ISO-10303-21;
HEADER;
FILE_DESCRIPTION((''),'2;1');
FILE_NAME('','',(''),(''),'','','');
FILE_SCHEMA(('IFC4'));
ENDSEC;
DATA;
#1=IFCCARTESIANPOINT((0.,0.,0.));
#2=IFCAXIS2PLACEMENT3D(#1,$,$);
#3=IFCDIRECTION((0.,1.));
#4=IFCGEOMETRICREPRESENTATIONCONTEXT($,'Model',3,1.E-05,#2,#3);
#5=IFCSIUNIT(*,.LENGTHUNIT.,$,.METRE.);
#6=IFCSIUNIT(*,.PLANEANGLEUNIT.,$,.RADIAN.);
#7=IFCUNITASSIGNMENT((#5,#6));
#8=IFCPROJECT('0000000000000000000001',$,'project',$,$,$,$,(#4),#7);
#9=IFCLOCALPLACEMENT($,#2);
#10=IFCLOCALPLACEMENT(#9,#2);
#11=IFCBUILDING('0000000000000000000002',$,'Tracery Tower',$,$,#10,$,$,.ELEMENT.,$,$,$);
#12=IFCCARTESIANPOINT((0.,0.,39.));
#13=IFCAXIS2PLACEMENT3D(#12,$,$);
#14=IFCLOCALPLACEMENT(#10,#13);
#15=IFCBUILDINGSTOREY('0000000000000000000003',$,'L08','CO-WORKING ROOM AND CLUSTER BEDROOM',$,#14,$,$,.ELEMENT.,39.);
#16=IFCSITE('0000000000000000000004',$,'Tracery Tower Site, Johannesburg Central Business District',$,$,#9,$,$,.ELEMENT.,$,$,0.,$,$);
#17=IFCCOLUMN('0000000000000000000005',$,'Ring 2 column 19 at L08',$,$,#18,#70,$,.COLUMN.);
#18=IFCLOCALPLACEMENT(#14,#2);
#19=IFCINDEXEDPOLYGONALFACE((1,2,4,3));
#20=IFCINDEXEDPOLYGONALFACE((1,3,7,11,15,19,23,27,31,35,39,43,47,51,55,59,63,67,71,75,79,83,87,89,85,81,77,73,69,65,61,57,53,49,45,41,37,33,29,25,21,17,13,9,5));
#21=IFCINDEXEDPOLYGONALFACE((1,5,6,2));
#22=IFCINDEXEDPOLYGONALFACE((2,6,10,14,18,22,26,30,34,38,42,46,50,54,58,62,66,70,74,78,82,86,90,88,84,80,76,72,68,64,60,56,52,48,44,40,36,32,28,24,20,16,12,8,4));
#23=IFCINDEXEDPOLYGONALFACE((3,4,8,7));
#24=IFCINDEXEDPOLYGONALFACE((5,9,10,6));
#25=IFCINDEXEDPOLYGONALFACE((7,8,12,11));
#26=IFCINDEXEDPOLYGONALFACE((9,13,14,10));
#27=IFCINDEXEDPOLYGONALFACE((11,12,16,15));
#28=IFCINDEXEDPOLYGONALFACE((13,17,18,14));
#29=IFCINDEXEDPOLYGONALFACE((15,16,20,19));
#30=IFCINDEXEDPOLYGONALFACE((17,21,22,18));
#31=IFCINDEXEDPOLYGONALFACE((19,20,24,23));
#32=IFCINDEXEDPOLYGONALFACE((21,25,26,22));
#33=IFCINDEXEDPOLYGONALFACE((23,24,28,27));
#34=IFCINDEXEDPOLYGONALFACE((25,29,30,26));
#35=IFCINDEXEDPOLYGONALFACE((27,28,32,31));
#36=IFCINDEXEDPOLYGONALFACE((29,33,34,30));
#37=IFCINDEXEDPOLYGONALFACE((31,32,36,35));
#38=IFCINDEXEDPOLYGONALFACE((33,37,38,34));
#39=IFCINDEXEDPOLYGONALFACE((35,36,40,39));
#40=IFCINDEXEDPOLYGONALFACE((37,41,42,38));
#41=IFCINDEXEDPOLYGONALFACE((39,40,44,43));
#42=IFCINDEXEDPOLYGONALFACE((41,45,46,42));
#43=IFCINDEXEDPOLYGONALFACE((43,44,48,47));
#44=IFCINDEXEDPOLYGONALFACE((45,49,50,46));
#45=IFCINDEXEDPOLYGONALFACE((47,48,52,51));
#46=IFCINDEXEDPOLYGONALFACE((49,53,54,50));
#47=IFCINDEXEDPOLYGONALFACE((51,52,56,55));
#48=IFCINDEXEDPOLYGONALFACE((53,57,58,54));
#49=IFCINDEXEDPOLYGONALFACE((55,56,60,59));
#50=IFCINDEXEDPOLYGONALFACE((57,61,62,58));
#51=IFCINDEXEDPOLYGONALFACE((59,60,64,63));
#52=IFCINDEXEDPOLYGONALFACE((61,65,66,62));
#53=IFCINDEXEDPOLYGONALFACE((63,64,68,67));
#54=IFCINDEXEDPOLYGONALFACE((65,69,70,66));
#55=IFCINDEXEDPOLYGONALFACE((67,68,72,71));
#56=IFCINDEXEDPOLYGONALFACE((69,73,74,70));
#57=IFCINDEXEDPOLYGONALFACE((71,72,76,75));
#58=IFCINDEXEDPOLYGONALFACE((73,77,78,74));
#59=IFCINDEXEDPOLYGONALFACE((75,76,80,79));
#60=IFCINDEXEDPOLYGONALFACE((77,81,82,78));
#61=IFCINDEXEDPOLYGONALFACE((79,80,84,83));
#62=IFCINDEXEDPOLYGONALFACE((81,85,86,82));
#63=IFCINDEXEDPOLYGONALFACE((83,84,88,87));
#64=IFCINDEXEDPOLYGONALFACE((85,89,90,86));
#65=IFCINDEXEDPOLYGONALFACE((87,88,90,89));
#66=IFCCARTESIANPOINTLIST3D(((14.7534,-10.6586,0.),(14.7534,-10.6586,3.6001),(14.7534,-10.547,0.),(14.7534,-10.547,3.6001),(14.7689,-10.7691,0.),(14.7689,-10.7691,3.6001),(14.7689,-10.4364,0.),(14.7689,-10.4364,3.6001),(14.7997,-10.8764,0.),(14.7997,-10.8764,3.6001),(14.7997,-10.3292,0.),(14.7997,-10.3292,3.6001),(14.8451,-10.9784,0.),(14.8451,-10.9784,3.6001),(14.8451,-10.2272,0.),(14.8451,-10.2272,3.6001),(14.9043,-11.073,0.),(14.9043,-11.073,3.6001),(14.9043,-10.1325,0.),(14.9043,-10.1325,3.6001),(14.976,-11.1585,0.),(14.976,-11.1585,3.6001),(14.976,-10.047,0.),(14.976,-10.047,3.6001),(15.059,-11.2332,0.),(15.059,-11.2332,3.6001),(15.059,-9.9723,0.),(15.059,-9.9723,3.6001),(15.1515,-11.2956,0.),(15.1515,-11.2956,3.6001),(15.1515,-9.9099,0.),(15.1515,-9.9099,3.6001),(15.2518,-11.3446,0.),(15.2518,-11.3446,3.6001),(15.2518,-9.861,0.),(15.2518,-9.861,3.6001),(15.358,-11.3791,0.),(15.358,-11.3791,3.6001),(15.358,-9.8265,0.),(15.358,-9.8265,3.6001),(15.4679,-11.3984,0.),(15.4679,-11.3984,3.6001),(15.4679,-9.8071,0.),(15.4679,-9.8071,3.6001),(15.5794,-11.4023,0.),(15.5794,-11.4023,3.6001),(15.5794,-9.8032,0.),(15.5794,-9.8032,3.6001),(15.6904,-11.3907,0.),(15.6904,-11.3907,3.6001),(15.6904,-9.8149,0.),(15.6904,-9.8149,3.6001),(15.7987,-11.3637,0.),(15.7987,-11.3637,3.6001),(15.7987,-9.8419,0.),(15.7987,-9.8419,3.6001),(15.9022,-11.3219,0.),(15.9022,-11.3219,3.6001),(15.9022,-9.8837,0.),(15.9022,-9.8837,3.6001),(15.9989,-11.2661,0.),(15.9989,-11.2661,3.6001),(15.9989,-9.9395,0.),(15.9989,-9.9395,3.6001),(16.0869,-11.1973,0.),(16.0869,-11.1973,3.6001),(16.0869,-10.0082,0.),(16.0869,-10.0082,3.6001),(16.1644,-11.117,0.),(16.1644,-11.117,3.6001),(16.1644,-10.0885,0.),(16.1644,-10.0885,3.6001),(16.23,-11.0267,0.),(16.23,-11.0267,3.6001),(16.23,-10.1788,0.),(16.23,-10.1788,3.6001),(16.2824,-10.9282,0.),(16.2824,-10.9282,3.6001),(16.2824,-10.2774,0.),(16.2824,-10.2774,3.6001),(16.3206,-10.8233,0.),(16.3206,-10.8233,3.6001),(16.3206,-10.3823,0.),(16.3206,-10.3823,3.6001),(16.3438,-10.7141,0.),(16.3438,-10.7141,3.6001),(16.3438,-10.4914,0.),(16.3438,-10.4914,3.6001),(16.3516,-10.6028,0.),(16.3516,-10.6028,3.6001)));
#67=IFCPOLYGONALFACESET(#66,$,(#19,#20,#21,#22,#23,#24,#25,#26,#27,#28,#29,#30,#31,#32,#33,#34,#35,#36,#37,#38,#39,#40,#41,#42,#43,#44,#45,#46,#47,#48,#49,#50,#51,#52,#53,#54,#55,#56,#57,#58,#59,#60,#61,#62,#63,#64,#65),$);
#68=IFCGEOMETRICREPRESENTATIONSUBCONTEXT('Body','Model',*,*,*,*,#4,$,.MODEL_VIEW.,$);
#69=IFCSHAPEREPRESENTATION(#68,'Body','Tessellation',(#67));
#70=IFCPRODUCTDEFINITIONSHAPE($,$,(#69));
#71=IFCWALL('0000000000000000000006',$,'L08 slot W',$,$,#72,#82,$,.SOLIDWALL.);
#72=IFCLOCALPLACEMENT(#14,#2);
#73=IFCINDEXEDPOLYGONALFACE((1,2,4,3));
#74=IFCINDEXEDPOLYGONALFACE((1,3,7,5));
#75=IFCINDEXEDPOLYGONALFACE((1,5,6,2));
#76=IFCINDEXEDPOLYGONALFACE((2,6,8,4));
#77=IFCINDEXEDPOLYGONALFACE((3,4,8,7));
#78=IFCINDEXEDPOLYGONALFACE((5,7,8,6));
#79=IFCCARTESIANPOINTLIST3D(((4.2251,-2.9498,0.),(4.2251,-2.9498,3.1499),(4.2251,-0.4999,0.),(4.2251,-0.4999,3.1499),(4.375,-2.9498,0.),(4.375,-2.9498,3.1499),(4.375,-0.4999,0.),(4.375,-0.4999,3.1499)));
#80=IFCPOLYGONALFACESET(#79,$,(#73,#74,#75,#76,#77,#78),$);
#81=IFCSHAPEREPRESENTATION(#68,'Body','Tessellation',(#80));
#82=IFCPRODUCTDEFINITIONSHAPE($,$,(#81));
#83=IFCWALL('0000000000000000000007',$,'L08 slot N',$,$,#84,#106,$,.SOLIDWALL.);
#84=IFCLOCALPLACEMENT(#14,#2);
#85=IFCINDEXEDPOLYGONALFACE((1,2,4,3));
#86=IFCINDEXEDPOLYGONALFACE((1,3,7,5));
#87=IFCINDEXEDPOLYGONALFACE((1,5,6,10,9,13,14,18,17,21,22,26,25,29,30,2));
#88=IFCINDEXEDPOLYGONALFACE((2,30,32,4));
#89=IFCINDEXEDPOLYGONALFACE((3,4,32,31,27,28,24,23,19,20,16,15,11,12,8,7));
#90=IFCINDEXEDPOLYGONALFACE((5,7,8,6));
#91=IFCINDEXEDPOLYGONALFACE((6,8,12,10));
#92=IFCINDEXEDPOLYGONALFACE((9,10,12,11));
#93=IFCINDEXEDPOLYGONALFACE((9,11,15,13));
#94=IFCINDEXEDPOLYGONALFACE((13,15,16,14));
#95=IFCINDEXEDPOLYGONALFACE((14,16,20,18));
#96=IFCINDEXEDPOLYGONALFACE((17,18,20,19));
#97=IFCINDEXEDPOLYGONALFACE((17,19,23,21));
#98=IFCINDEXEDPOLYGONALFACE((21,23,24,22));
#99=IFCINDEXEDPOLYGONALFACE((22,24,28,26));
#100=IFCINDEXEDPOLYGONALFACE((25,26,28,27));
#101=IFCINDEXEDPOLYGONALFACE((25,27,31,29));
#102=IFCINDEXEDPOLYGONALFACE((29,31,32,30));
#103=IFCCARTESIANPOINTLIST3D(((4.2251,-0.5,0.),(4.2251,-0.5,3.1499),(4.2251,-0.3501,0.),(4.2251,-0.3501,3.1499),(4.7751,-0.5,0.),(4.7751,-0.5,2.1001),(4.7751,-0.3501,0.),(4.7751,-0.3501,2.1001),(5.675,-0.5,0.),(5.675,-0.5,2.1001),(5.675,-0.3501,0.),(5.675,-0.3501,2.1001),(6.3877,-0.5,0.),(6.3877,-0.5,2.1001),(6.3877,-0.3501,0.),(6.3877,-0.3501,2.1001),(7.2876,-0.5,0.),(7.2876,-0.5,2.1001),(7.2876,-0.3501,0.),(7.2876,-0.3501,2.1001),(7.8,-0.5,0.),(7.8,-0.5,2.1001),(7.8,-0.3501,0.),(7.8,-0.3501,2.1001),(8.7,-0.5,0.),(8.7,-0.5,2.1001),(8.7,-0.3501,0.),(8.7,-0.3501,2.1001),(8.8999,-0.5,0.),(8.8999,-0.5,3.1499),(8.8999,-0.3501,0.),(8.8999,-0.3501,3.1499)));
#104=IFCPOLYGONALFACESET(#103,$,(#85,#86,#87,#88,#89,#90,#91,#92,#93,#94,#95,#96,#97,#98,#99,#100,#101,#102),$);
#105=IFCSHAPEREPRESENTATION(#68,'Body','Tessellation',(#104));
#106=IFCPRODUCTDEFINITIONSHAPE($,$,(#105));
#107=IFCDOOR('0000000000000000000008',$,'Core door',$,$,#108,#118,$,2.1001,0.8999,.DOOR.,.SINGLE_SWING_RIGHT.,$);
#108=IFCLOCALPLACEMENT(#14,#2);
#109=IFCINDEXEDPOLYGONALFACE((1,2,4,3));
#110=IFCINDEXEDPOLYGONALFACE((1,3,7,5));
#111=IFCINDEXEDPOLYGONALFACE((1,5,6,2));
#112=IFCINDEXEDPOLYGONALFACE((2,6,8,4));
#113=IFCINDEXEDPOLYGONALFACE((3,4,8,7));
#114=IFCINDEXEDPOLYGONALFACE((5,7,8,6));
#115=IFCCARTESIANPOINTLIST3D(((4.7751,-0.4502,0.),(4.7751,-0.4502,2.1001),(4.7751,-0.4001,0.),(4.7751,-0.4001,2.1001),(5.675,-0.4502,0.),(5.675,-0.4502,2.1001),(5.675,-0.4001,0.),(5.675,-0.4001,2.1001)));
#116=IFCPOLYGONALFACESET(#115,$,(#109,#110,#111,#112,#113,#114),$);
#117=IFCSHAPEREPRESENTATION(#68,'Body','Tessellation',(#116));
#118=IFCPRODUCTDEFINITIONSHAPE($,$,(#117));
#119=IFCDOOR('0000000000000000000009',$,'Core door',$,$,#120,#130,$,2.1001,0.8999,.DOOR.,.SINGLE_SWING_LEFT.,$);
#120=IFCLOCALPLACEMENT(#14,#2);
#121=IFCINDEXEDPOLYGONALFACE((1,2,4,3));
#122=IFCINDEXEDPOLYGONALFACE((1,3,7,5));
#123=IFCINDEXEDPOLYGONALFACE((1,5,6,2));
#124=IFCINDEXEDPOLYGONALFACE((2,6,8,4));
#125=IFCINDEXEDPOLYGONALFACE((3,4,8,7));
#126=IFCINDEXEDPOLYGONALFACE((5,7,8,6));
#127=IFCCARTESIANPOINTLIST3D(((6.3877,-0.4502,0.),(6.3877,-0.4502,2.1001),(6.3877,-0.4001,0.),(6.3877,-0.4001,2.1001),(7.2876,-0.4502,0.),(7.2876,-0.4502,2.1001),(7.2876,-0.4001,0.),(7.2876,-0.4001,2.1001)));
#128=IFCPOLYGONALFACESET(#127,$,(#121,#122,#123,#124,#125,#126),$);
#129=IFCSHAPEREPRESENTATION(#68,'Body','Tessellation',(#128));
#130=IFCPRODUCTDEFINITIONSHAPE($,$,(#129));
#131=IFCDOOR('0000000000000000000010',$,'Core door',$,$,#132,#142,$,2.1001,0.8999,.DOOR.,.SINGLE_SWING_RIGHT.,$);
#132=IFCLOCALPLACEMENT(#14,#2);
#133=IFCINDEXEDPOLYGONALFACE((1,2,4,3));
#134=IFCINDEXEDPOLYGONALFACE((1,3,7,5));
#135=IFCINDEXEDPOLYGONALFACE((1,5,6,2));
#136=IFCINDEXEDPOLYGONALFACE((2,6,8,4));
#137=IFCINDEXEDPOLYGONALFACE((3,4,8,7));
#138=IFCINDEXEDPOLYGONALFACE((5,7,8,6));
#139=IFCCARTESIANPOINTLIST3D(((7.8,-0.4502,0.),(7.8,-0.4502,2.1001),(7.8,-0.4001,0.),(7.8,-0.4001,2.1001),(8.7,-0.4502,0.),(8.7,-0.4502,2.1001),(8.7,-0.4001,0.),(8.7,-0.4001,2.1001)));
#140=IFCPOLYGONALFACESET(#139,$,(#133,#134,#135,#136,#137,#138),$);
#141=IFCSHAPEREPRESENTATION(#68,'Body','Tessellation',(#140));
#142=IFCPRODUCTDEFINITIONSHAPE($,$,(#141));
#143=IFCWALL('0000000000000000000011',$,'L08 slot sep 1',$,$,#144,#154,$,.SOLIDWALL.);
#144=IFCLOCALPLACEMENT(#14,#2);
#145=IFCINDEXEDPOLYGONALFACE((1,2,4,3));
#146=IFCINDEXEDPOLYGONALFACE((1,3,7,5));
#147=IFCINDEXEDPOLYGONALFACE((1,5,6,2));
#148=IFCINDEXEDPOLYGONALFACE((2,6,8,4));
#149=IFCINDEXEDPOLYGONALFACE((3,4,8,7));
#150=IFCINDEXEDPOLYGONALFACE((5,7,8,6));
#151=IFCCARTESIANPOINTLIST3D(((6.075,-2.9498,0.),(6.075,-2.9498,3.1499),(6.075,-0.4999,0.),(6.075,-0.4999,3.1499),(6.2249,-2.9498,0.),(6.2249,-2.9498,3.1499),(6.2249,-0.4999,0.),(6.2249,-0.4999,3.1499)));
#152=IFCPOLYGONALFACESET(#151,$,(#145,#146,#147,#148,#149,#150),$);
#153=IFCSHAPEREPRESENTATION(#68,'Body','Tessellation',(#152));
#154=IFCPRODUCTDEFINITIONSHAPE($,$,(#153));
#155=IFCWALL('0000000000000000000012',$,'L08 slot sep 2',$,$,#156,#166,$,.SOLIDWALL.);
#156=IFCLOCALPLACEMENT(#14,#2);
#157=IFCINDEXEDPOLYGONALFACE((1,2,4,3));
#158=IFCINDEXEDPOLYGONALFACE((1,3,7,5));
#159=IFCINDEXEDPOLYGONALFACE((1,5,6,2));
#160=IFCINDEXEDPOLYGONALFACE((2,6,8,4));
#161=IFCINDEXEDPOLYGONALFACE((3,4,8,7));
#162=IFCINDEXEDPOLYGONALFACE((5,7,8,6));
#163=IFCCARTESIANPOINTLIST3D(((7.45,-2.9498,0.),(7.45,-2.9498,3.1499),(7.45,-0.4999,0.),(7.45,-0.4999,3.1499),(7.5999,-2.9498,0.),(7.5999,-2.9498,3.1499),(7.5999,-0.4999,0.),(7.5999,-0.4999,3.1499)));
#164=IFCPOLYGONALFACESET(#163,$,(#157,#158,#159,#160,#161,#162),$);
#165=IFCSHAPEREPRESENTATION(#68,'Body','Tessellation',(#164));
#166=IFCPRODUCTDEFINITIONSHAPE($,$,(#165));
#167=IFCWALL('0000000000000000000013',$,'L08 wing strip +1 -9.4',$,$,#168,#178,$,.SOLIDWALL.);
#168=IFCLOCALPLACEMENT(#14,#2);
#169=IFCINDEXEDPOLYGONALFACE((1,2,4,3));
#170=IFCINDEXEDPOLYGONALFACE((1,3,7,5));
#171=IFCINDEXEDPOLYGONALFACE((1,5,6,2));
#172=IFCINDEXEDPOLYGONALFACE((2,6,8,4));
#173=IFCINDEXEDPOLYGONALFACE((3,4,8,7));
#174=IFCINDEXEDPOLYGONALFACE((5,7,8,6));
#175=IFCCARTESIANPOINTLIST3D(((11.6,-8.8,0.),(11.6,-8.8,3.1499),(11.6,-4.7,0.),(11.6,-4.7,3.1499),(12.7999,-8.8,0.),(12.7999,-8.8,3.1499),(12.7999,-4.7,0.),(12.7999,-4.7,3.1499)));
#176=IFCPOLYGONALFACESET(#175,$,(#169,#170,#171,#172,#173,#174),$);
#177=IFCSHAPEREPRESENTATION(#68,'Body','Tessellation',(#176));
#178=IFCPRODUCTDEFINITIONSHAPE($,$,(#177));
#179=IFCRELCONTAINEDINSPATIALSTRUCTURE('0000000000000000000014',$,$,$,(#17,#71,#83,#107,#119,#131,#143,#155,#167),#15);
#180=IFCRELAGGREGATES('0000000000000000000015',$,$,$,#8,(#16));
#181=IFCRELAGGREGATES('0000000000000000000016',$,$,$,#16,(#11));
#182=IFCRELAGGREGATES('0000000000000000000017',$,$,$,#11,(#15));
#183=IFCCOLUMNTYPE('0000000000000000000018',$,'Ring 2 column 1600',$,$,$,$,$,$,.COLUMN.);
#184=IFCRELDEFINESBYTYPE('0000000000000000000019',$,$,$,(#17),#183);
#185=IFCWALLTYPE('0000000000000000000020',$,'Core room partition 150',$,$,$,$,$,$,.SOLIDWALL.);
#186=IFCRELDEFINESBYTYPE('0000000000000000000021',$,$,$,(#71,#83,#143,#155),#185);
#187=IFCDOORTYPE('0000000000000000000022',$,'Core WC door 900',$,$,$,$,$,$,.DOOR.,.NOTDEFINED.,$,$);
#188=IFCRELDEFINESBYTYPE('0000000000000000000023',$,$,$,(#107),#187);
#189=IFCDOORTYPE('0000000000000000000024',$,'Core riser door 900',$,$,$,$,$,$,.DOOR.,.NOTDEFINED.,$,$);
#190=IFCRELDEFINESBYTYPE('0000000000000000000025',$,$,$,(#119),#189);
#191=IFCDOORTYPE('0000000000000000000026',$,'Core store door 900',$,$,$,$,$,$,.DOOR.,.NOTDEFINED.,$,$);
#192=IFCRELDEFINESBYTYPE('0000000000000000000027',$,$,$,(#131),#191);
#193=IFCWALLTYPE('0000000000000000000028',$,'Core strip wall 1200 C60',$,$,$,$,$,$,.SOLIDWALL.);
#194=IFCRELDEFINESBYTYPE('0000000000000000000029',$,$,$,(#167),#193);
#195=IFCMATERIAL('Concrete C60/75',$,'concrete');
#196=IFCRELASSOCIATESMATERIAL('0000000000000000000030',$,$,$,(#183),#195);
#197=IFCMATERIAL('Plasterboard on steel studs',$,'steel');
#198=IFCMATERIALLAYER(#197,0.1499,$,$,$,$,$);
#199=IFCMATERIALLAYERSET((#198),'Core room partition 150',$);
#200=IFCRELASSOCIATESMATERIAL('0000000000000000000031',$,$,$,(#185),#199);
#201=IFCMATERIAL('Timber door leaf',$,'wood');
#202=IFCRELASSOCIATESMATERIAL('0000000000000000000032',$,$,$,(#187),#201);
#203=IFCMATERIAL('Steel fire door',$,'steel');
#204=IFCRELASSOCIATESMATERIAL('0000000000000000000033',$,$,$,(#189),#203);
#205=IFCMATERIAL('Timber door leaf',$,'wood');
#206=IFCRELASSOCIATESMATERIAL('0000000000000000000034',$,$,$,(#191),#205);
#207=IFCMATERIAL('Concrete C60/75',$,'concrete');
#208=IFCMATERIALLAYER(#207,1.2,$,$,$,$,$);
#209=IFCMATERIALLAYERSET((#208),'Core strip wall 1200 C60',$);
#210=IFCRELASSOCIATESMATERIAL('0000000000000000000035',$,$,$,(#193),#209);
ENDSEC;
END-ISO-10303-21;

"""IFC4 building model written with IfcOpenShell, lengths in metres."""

from ifc_helpers import new_model, si_unit, direction, frame, frame_2d, origin, origin_2d, place, context, subcontext, project, spatial, rectangle, circle, extrude, material, layer, layer_set, material_profile, profile_set, type_object, element, fill, save


model = new_model("IFC4")

# Units and contexts
model_context = context("Model", 3, precision=1e-05, world=origin(), true_north=direction((0.0, 1.0)))
body_context = subcontext(model_context, "Body", "Model", "MODEL_VIEW")
ifc_project = project(units=[si_unit("LENGTHUNIT", "METRE"), si_unit("PLANEANGLEUNIT", "RADIAN")], contexts=[model_context])

# Site, building, storey
site_placement = place(None, origin())
site = spatial("IfcSite", under=ifc_project, at=site_placement, Name="Tracery Tower Site, Johannesburg Central Business District", CompositionType="ELEMENT", RefElevation=0.0)
building_placement = place(site_placement, origin())
building = spatial("IfcBuilding", under=site, at=building_placement, Name="Tracery Tower", CompositionType="ELEMENT")
storey_placement = place(building_placement, frame((0.0, 0.0, 39.0)))
storey = spatial("IfcBuildingStorey", under=building, at=storey_placement, Name="L08", Description="CO-WORKING ROOM AND CLUSTER BEDROOM", CompositionType="ELEMENT", Elevation=39.0)

# Column
ifc_material_1 = material(Name="Concrete C60/75", Category="concrete")
ifc_material_profile = material_profile(ifc_material_1, circle(Radius=0.8, at=origin_2d()), Name="RC D1600")
ifc_profile_set = profile_set([ifc_material_profile], Name="Concrete C60/75")
column_type = type_object("IfcColumnType", Name="Ring 2 column 1600", PredefinedType="COLUMN", material=ifc_profile_set)
column_placement = place(storey_placement, frame((15.5515, -10.6028, 0.0), z_axis=(0.0, 0.0, 1.0), x_axis=(1.0, 0.0, 0.0)))
element("IfcColumn", 1, at=column_placement, inside=storey, type_object=column_type, Name="Ring 2 column 19 at L08", PredefinedType="COLUMN", context=body_context, shape_type="SweptSolid", body=[
    extrude(circle(Radius=0.8, at=origin_2d()), origin(), (0.0, 0.0, 1.0), 3.6001),
])

# Wall
ifc_material_2 = material(Name="Plasterboard on steel studs", Category="steel")
ifc_layer_1 = layer(ifc_material_2, 0.1499)
ifc_layer_set_1 = layer_set([ifc_layer_1], Name="Core room partition 150")
wall_type_1 = type_object("IfcWallType", Name="Core room partition 150", PredefinedType="SOLIDWALL", material=ifc_layer_set_1)
wall_1_placement = place(storey_placement, frame((4.3, -2.95, 0.0), z_axis=(0.0, 0.0, 1.0), x_axis=(0.0, 1.0, 0.0)))
element("IfcWall", 2, at=wall_1_placement, inside=storey, type_object=wall_type_1, Name="L08 slot W", PredefinedType="SOLIDWALL", context=body_context, shape_type="SweptSolid", body=[
    extrude(rectangle(XDim=2.45, YDim=0.1499, at=frame_2d((1.2251, 0.0))), origin(), (0.0, 0.0, 1.0), 3.1499),
])

# Wall, openings, doors
wall_2_placement = place(storey_placement, frame((4.2251, -0.425, 0.0), z_axis=(0.0, 0.0, 1.0), x_axis=(1.0, 0.0, 0.0)))
wall_2 = element("IfcWall", 3, at=wall_2_placement, inside=storey, type_object=wall_type_1, Name="L08 slot N", PredefinedType="SOLIDWALL", context=body_context, shape_type="SweptSolid", body=[
    extrude(rectangle(XDim=4.6748, YDim=0.1499, at=frame_2d((2.3374, 0.0))), origin(), (0.0, 0.0, 1.0), 3.1499),
])
opening_1_placement = place(wall_2_placement, frame((0.55, 0.0, 0.0)))
opening_1 = element("IfcOpeningElement", 4, at=opening_1_placement, cuts=wall_2, PredefinedType="OPENING", context=body_context, shape_type="SweptSolid", body=[
    extrude(rectangle(XDim=0.8999, YDim=2.1001, at=frame_2d((0.45, 1.05))), frame((0.0, 0.075, 0.0), z_axis=(0.0, -1.0, 0.0), x_axis=(1.0, 0.0, 0.0)), (0.0, 0.0, 1.0), 0.1499),
])
opening_2_placement = place(wall_2_placement, frame((2.1626, 0.0, 0.0)))
opening_2 = element("IfcOpeningElement", 5, at=opening_2_placement, cuts=wall_2, PredefinedType="OPENING", context=body_context, shape_type="SweptSolid", body=[
    extrude(rectangle(XDim=0.8999, YDim=2.1001, at=frame_2d((0.45, 1.05))), frame((0.0, 0.075, 0.0), z_axis=(0.0, -1.0, 0.0), x_axis=(1.0, 0.0, 0.0)), (0.0, 0.0, 1.0), 0.1499),
])
opening_3_placement = place(wall_2_placement, frame((3.575, 0.0, 0.0)))
opening_3 = element("IfcOpeningElement", 6, at=opening_3_placement, cuts=wall_2, PredefinedType="OPENING", context=body_context, shape_type="SweptSolid", body=[
    extrude(rectangle(XDim=0.8999, YDim=2.1001, at=frame_2d((0.45, 1.05))), frame((0.0, 0.075, 0.0), z_axis=(0.0, -1.0, 0.0), x_axis=(1.0, 0.0, 0.0)), (0.0, 0.0, 1.0), 0.1499),
])
ifc_material_3 = material(Name="Timber door leaf", Category="wood")
door_type_1 = type_object("IfcDoorType", Name="Core WC door 900", OperationType="NOTDEFINED", PredefinedType="DOOR", material=ifc_material_3)
door_1_placement = place(opening_1_placement, origin())
door_1 = element("IfcDoor", 7, at=door_1_placement, inside=storey, type_object=door_type_1, Name="Core door", OperationType="SINGLE_SWING_RIGHT", OverallHeight=2.1001, OverallWidth=0.8999, PredefinedType="DOOR", context=body_context, shape_type="SweptSolid", body=[
    extrude(rectangle(XDim=0.8999, YDim=2.1001, at=frame_2d((0.45, 1.05))), frame((0.0, 0.0249, 0.0), z_axis=(0.0, -1.0, 0.0), x_axis=(1.0, 0.0, 0.0)), (0.0, 0.0, 1.0), 0.05),
])
fill(opening_1, door_1)
ifc_material_4 = material(Name="Steel fire door", Category="steel")
door_type_2 = type_object("IfcDoorType", Name="Core riser door 900", OperationType="NOTDEFINED", PredefinedType="DOOR", material=ifc_material_4)
door_2_placement = place(opening_2_placement, origin())
door_2 = element("IfcDoor", 8, at=door_2_placement, inside=storey, type_object=door_type_2, Name="Core door", OperationType="SINGLE_SWING_LEFT", OverallHeight=2.1001, OverallWidth=0.8999, PredefinedType="DOOR", context=body_context, shape_type="SweptSolid", body=[
    extrude(rectangle(XDim=0.8999, YDim=2.1001, at=frame_2d((0.45, 1.05))), frame((0.0, 0.0249, 0.0), z_axis=(0.0, -1.0, 0.0), x_axis=(1.0, 0.0, 0.0)), (0.0, 0.0, 1.0), 0.05),
])
fill(opening_2, door_2)
ifc_material_5 = material(Name="Timber door leaf", Category="wood")
door_type_3 = type_object("IfcDoorType", Name="Core store door 900", OperationType="NOTDEFINED", PredefinedType="DOOR", material=ifc_material_5)
door_3_placement = place(opening_3_placement, origin())
door_3 = element("IfcDoor", 9, at=door_3_placement, inside=storey, type_object=door_type_3, Name="Core door", OperationType="SINGLE_SWING_RIGHT", OverallHeight=2.1001, OverallWidth=0.8999, PredefinedType="DOOR", context=body_context, shape_type="SweptSolid", body=[
    extrude(rectangle(XDim=0.8999, YDim=2.1001, at=frame_2d((0.45, 1.05))), frame((0.0, 0.0249, 0.0), z_axis=(0.0, -1.0, 0.0), x_axis=(1.0, 0.0, 0.0)), (0.0, 0.0, 1.0), 0.05),
])
fill(opening_3, door_3)

# Walls
for number, where, z_axis, x_axis, name in (
    (10, (6.1499, -2.95, 0.0), (0.0, 0.0, 1.0), (0.0, 1.0, 0.0), "L08 slot sep 1"),
    (11, (7.5249, -2.95, 0.0), (0.0, 0.0, 1.0), (0.0, 1.0, 0.0), "L08 slot sep 2"),
):
    element("IfcWall", number, at=place(storey_placement, frame(where, z_axis=z_axis, x_axis=x_axis)), inside=storey, type_object=wall_type_1, Name=name, PredefinedType="SOLIDWALL", context=body_context, shape_type="SweptSolid", body=[
        extrude(rectangle(XDim=2.45, YDim=0.1499, at=frame_2d((1.2251, 0.0))), origin(), (0.0, 0.0, 1.0), 3.1499),
    ])
ifc_material_6 = material(Name="Concrete C60/75", Category="concrete")
ifc_layer_2 = layer(ifc_material_6, 1.2)
ifc_layer_set_2 = layer_set([ifc_layer_2], Name="Core strip wall 1200 C60")
wall_type_2 = type_object("IfcWallType", Name="Core strip wall 1200 C60", PredefinedType="SOLIDWALL", material=ifc_layer_set_2)
wall_3_placement = place(storey_placement, frame((12.2, -8.8, 0.0), z_axis=(0.0, 0.0, 1.0), x_axis=(0.0, 1.0, 0.0)))
element("IfcWall", 12, at=wall_3_placement, inside=storey, type_object=wall_type_2, Name="L08 wing strip +1 -9.4", PredefinedType="SOLIDWALL", context=body_context, shape_type="SweptSolid", body=[
    extrude(rectangle(XDim=4.1001, YDim=1.2, at=frame_2d((2.05, 0.0))), origin(), (0.0, 0.0, 1.0), 3.1499),
])

save(model, "model.ifc")
